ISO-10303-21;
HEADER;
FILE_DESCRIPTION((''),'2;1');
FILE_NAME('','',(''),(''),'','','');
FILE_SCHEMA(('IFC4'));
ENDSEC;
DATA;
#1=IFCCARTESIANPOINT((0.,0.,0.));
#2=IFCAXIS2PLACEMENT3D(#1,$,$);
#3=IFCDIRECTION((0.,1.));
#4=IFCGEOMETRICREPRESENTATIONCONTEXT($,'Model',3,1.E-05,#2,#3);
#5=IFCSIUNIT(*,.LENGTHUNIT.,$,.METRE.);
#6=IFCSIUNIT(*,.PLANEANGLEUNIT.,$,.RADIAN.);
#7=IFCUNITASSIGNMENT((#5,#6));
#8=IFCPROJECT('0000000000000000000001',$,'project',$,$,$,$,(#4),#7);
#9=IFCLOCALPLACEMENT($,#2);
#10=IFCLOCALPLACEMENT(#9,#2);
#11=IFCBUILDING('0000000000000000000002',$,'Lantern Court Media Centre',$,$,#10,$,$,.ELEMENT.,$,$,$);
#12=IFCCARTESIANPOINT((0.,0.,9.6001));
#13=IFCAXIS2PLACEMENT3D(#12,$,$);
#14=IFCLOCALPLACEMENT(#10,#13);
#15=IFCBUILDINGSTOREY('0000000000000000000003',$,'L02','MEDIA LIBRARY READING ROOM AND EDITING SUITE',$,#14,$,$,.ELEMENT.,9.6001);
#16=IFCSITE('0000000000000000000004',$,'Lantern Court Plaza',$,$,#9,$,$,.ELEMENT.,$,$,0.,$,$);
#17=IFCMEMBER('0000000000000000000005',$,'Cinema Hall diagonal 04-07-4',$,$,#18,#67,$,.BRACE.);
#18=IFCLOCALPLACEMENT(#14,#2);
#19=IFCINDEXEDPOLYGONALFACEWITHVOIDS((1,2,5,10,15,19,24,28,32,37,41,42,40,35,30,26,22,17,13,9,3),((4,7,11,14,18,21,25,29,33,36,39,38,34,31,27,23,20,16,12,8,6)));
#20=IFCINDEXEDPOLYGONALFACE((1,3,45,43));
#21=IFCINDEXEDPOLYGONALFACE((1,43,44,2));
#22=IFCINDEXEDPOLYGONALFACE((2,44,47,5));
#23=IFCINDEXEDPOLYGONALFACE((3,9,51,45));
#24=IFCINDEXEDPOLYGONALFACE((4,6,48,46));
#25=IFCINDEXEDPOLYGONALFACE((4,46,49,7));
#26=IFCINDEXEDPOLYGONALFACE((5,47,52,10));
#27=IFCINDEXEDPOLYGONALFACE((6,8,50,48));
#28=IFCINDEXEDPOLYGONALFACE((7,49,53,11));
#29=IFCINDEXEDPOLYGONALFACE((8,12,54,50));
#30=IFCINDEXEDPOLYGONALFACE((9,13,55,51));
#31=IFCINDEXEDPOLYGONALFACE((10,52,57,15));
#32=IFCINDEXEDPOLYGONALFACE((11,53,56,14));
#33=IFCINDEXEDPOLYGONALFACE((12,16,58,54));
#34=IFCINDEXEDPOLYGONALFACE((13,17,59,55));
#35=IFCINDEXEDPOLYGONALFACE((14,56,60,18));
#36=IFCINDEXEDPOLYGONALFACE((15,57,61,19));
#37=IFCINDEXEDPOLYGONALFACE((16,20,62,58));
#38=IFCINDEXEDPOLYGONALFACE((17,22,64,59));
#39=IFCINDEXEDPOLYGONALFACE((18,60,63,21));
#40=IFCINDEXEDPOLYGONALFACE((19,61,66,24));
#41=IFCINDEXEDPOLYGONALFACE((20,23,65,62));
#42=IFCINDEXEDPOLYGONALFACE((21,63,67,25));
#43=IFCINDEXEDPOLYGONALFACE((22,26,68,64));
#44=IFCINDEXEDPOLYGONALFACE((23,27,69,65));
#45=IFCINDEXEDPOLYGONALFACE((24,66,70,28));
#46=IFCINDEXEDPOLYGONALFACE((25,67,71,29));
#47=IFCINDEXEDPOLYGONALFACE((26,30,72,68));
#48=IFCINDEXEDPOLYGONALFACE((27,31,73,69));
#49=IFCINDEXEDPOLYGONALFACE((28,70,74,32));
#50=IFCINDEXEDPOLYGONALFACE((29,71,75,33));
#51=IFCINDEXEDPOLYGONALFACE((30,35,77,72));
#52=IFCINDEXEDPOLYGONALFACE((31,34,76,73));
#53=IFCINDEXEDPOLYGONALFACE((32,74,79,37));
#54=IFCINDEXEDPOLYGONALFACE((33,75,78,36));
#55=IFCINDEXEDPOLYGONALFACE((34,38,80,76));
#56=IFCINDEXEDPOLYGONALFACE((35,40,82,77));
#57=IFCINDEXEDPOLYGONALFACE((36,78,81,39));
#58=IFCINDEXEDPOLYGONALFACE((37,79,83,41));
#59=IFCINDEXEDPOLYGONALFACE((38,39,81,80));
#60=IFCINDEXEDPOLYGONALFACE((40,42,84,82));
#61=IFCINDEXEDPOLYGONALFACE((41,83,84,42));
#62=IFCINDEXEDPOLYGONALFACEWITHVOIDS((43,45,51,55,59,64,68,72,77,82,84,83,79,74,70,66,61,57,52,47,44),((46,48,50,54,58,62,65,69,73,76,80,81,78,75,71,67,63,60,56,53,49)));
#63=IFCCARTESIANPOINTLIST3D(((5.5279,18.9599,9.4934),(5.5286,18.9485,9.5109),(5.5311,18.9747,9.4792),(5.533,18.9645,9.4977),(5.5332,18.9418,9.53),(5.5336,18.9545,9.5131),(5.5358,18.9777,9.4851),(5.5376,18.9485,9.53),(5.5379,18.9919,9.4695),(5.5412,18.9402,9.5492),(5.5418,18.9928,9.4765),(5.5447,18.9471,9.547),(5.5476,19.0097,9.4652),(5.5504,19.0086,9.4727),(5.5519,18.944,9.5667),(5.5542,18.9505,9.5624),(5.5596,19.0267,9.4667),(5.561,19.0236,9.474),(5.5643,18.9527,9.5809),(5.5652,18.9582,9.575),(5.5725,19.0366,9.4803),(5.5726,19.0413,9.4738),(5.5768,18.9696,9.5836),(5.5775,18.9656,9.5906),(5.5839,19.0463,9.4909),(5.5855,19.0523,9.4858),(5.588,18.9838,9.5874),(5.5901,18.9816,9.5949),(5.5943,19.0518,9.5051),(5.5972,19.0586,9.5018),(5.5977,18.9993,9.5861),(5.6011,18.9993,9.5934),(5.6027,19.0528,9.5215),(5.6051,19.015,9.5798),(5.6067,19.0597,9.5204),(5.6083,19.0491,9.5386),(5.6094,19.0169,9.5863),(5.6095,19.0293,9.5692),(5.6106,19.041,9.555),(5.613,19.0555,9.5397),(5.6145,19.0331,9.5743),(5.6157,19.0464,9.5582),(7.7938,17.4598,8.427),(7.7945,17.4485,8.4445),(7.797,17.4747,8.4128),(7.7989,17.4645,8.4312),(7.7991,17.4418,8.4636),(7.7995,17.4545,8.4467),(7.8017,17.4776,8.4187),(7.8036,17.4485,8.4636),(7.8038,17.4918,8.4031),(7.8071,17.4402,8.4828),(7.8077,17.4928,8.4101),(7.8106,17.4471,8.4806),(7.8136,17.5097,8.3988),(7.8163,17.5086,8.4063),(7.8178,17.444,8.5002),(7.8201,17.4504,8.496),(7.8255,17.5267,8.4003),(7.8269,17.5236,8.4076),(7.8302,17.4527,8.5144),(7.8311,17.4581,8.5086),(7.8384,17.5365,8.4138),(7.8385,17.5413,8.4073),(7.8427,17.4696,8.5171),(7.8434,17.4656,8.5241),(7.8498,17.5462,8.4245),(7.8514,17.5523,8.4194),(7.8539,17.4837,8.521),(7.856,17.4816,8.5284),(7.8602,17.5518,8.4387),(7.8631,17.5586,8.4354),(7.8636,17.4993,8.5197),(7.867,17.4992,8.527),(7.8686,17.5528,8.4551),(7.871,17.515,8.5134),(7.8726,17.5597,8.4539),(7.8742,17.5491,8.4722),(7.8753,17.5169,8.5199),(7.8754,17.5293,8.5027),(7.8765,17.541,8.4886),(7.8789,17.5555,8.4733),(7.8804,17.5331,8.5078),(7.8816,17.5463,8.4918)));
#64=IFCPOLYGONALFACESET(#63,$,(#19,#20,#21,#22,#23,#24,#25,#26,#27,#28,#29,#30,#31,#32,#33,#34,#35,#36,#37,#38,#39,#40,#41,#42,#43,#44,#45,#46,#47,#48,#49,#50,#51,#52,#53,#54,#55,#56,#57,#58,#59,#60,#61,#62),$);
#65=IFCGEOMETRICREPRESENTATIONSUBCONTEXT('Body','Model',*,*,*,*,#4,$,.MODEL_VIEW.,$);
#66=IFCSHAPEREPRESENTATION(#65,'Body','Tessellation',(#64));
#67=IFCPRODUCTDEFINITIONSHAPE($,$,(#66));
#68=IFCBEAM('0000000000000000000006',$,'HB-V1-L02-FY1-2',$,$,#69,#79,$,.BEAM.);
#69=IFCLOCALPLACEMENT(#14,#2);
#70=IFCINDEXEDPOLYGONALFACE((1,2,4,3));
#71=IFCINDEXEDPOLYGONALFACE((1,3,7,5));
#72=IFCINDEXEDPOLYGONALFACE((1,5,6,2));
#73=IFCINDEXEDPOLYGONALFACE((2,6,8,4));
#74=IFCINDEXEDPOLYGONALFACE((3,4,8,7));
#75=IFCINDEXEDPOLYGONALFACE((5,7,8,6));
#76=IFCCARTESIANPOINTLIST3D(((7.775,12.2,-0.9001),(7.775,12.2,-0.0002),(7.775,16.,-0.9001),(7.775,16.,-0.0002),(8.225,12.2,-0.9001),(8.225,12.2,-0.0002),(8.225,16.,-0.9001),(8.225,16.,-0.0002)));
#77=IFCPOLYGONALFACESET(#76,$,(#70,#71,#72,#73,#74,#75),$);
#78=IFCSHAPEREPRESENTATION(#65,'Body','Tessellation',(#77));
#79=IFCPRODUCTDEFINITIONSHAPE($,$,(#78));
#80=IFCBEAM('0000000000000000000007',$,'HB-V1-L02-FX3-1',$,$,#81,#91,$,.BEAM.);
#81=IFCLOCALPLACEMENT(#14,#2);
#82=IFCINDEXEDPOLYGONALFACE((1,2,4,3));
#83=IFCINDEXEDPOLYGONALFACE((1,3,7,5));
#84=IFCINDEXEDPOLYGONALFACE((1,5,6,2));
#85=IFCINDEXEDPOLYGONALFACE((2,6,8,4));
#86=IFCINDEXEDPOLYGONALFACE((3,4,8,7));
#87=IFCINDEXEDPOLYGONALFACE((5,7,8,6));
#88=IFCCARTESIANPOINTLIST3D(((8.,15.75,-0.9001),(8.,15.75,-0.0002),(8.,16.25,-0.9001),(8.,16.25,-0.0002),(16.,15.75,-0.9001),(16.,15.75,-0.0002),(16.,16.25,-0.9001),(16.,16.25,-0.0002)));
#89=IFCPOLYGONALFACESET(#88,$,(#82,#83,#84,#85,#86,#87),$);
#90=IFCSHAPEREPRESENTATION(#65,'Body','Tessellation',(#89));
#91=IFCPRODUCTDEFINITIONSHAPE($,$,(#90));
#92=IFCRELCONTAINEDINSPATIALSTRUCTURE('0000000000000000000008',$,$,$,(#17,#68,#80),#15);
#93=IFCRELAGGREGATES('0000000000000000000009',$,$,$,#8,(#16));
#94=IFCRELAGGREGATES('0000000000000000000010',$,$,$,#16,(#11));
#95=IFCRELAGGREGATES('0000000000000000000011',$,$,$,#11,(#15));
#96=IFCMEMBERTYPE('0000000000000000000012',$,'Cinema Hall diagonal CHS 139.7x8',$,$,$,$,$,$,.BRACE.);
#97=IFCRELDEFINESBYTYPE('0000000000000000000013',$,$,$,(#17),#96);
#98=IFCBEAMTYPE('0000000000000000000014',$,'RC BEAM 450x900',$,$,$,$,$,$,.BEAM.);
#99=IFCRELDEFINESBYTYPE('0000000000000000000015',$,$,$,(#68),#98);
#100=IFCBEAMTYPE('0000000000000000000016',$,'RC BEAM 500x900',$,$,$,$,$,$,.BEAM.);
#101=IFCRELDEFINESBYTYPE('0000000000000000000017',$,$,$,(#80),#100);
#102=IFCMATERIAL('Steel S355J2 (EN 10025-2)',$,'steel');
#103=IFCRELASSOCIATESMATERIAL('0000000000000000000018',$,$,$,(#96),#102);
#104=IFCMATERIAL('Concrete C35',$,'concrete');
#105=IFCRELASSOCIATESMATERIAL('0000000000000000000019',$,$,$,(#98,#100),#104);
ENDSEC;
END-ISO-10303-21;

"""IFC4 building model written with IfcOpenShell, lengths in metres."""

from ifc_helpers import new_model, si_unit, direction, frame, origin, origin_2d, place, context, subcontext, project, spatial, rectangle, hollow_circle, extrude, material, material_profile, profile_set, type_object, element, save


model = new_model("IFC4")

# Units and contexts
model_context = context("Model", 3, precision=1e-05, world=origin(), true_north=direction((0.0, 1.0)))
body_context = subcontext(model_context, "Body", "Model", "MODEL_VIEW")
ifc_project = project(units=[si_unit("LENGTHUNIT", "METRE"), si_unit("PLANEANGLEUNIT", "RADIAN")], contexts=[model_context])

# Site, building, storey
site_placement = place(None, origin())
site = spatial("IfcSite", under=ifc_project, at=site_placement, Name="Lantern Court Plaza", CompositionType="ELEMENT", RefElevation=0.0)
building_placement = place(site_placement, origin())
building = spatial("IfcBuilding", under=site, at=building_placement, Name="Lantern Court Media Centre", CompositionType="ELEMENT")
storey_placement = place(building_placement, frame((0.0, 0.0, 9.6001)))
storey = spatial("IfcBuildingStorey", under=building, at=storey_placement, Name="L02", Description="MEDIA LIBRARY READING ROOM AND EDITING SUITE", CompositionType="ELEMENT", Elevation=9.6001)

# Member
ifc_material_1 = material(Name="Steel S355J2 (EN 10025-2)", Category="steel")
ifc_material_profile_1 = material_profile(ifc_material_1, hollow_circle(Radius=0.0698, WallThickness=0.0081, at=origin_2d()), Name="Cinema Hall diagonal CHS 139.7x8")
ifc_profile_set_1 = profile_set([ifc_material_profile_1], Name="Steel S355J2 (EN 10025-2)")
member_type_1 = type_object("IfcMemberType", Name="Cinema Hall diagonal CHS 139.7x8", PredefinedType="BRACE", material=ifc_profile_set_1)
member_1_placement = place(storey_placement, frame((7.8376, 17.5, 8.4636), z_axis=(-0.776211, 0.51385, 0.365315), x_axis=(-0.552002, -0.833843, 0.0)))
element("IfcMember", 1, at=member_1_placement, inside=storey, type_object=member_type_1, Name="Cinema Hall diagonal 04-07-4", PredefinedType="BRACE", context=body_context, shape_type="SweptSolid", body=[
    extrude(hollow_circle(Radius=0.0698, WallThickness=0.0081, at=origin_2d()), origin(), (0.0, 0.0, 1.0), 2.9192),
])

# Beams
ifc_material_2 = material(Name="Concrete C35", Category="concrete")
ifc_material_profile_2 = material_profile(ifc_material_2, rectangle(XDim=0.45, YDim=0.8999, at=origin_2d()), Name="RC 450x900")
ifc_profile_set_2 = profile_set([ifc_material_profile_2], Name="Concrete C35")
beam_type_1 = type_object("IfcBeamType", Name="RC BEAM 450x900", PredefinedType="BEAM", material=ifc_profile_set_2)
beam_1_placement = place(storey_placement, frame((8.0, 12.2, -0.4502), z_axis=(0.0, 1.0, 0.0), x_axis=(-1.0, 0.0, 0.0)))
element("IfcBeam", 2, at=beam_1_placement, inside=storey, type_object=beam_type_1, Name="HB-V1-L02-FY1-2", PredefinedType="BEAM", context=body_context, shape_type="SweptSolid", body=[
    extrude(rectangle(XDim=0.45, YDim=0.8999, at=origin_2d()), origin(), (0.0, 0.0, 1.0), 3.8),
])
ifc_material_profile_3 = material_profile(ifc_material_2, rectangle(XDim=0.5, YDim=0.8999, at=origin_2d()), Name="RC 500x900")
ifc_profile_set_3 = profile_set([ifc_material_profile_3], Name="Concrete C35")
beam_type_2 = type_object("IfcBeamType", Name="RC BEAM 500x900", PredefinedType="BEAM", material=ifc_profile_set_3)
beam_2_placement = place(storey_placement, frame((8.0, 16.0, -0.4502), z_axis=(1.0, 0.0, 0.0), x_axis=(0.0, 1.0, 0.0)))
element("IfcBeam", 3, at=beam_2_placement, inside=storey, type_object=beam_type_2, Name="HB-V1-L02-FX3-1", PredefinedType="BEAM", context=body_context, shape_type="SweptSolid", body=[
    extrude(rectangle(XDim=0.5, YDim=0.8999, at=origin_2d()), origin(), (0.0, 0.0, 1.0), 8.0),
])

save(model, "model.ifc")
